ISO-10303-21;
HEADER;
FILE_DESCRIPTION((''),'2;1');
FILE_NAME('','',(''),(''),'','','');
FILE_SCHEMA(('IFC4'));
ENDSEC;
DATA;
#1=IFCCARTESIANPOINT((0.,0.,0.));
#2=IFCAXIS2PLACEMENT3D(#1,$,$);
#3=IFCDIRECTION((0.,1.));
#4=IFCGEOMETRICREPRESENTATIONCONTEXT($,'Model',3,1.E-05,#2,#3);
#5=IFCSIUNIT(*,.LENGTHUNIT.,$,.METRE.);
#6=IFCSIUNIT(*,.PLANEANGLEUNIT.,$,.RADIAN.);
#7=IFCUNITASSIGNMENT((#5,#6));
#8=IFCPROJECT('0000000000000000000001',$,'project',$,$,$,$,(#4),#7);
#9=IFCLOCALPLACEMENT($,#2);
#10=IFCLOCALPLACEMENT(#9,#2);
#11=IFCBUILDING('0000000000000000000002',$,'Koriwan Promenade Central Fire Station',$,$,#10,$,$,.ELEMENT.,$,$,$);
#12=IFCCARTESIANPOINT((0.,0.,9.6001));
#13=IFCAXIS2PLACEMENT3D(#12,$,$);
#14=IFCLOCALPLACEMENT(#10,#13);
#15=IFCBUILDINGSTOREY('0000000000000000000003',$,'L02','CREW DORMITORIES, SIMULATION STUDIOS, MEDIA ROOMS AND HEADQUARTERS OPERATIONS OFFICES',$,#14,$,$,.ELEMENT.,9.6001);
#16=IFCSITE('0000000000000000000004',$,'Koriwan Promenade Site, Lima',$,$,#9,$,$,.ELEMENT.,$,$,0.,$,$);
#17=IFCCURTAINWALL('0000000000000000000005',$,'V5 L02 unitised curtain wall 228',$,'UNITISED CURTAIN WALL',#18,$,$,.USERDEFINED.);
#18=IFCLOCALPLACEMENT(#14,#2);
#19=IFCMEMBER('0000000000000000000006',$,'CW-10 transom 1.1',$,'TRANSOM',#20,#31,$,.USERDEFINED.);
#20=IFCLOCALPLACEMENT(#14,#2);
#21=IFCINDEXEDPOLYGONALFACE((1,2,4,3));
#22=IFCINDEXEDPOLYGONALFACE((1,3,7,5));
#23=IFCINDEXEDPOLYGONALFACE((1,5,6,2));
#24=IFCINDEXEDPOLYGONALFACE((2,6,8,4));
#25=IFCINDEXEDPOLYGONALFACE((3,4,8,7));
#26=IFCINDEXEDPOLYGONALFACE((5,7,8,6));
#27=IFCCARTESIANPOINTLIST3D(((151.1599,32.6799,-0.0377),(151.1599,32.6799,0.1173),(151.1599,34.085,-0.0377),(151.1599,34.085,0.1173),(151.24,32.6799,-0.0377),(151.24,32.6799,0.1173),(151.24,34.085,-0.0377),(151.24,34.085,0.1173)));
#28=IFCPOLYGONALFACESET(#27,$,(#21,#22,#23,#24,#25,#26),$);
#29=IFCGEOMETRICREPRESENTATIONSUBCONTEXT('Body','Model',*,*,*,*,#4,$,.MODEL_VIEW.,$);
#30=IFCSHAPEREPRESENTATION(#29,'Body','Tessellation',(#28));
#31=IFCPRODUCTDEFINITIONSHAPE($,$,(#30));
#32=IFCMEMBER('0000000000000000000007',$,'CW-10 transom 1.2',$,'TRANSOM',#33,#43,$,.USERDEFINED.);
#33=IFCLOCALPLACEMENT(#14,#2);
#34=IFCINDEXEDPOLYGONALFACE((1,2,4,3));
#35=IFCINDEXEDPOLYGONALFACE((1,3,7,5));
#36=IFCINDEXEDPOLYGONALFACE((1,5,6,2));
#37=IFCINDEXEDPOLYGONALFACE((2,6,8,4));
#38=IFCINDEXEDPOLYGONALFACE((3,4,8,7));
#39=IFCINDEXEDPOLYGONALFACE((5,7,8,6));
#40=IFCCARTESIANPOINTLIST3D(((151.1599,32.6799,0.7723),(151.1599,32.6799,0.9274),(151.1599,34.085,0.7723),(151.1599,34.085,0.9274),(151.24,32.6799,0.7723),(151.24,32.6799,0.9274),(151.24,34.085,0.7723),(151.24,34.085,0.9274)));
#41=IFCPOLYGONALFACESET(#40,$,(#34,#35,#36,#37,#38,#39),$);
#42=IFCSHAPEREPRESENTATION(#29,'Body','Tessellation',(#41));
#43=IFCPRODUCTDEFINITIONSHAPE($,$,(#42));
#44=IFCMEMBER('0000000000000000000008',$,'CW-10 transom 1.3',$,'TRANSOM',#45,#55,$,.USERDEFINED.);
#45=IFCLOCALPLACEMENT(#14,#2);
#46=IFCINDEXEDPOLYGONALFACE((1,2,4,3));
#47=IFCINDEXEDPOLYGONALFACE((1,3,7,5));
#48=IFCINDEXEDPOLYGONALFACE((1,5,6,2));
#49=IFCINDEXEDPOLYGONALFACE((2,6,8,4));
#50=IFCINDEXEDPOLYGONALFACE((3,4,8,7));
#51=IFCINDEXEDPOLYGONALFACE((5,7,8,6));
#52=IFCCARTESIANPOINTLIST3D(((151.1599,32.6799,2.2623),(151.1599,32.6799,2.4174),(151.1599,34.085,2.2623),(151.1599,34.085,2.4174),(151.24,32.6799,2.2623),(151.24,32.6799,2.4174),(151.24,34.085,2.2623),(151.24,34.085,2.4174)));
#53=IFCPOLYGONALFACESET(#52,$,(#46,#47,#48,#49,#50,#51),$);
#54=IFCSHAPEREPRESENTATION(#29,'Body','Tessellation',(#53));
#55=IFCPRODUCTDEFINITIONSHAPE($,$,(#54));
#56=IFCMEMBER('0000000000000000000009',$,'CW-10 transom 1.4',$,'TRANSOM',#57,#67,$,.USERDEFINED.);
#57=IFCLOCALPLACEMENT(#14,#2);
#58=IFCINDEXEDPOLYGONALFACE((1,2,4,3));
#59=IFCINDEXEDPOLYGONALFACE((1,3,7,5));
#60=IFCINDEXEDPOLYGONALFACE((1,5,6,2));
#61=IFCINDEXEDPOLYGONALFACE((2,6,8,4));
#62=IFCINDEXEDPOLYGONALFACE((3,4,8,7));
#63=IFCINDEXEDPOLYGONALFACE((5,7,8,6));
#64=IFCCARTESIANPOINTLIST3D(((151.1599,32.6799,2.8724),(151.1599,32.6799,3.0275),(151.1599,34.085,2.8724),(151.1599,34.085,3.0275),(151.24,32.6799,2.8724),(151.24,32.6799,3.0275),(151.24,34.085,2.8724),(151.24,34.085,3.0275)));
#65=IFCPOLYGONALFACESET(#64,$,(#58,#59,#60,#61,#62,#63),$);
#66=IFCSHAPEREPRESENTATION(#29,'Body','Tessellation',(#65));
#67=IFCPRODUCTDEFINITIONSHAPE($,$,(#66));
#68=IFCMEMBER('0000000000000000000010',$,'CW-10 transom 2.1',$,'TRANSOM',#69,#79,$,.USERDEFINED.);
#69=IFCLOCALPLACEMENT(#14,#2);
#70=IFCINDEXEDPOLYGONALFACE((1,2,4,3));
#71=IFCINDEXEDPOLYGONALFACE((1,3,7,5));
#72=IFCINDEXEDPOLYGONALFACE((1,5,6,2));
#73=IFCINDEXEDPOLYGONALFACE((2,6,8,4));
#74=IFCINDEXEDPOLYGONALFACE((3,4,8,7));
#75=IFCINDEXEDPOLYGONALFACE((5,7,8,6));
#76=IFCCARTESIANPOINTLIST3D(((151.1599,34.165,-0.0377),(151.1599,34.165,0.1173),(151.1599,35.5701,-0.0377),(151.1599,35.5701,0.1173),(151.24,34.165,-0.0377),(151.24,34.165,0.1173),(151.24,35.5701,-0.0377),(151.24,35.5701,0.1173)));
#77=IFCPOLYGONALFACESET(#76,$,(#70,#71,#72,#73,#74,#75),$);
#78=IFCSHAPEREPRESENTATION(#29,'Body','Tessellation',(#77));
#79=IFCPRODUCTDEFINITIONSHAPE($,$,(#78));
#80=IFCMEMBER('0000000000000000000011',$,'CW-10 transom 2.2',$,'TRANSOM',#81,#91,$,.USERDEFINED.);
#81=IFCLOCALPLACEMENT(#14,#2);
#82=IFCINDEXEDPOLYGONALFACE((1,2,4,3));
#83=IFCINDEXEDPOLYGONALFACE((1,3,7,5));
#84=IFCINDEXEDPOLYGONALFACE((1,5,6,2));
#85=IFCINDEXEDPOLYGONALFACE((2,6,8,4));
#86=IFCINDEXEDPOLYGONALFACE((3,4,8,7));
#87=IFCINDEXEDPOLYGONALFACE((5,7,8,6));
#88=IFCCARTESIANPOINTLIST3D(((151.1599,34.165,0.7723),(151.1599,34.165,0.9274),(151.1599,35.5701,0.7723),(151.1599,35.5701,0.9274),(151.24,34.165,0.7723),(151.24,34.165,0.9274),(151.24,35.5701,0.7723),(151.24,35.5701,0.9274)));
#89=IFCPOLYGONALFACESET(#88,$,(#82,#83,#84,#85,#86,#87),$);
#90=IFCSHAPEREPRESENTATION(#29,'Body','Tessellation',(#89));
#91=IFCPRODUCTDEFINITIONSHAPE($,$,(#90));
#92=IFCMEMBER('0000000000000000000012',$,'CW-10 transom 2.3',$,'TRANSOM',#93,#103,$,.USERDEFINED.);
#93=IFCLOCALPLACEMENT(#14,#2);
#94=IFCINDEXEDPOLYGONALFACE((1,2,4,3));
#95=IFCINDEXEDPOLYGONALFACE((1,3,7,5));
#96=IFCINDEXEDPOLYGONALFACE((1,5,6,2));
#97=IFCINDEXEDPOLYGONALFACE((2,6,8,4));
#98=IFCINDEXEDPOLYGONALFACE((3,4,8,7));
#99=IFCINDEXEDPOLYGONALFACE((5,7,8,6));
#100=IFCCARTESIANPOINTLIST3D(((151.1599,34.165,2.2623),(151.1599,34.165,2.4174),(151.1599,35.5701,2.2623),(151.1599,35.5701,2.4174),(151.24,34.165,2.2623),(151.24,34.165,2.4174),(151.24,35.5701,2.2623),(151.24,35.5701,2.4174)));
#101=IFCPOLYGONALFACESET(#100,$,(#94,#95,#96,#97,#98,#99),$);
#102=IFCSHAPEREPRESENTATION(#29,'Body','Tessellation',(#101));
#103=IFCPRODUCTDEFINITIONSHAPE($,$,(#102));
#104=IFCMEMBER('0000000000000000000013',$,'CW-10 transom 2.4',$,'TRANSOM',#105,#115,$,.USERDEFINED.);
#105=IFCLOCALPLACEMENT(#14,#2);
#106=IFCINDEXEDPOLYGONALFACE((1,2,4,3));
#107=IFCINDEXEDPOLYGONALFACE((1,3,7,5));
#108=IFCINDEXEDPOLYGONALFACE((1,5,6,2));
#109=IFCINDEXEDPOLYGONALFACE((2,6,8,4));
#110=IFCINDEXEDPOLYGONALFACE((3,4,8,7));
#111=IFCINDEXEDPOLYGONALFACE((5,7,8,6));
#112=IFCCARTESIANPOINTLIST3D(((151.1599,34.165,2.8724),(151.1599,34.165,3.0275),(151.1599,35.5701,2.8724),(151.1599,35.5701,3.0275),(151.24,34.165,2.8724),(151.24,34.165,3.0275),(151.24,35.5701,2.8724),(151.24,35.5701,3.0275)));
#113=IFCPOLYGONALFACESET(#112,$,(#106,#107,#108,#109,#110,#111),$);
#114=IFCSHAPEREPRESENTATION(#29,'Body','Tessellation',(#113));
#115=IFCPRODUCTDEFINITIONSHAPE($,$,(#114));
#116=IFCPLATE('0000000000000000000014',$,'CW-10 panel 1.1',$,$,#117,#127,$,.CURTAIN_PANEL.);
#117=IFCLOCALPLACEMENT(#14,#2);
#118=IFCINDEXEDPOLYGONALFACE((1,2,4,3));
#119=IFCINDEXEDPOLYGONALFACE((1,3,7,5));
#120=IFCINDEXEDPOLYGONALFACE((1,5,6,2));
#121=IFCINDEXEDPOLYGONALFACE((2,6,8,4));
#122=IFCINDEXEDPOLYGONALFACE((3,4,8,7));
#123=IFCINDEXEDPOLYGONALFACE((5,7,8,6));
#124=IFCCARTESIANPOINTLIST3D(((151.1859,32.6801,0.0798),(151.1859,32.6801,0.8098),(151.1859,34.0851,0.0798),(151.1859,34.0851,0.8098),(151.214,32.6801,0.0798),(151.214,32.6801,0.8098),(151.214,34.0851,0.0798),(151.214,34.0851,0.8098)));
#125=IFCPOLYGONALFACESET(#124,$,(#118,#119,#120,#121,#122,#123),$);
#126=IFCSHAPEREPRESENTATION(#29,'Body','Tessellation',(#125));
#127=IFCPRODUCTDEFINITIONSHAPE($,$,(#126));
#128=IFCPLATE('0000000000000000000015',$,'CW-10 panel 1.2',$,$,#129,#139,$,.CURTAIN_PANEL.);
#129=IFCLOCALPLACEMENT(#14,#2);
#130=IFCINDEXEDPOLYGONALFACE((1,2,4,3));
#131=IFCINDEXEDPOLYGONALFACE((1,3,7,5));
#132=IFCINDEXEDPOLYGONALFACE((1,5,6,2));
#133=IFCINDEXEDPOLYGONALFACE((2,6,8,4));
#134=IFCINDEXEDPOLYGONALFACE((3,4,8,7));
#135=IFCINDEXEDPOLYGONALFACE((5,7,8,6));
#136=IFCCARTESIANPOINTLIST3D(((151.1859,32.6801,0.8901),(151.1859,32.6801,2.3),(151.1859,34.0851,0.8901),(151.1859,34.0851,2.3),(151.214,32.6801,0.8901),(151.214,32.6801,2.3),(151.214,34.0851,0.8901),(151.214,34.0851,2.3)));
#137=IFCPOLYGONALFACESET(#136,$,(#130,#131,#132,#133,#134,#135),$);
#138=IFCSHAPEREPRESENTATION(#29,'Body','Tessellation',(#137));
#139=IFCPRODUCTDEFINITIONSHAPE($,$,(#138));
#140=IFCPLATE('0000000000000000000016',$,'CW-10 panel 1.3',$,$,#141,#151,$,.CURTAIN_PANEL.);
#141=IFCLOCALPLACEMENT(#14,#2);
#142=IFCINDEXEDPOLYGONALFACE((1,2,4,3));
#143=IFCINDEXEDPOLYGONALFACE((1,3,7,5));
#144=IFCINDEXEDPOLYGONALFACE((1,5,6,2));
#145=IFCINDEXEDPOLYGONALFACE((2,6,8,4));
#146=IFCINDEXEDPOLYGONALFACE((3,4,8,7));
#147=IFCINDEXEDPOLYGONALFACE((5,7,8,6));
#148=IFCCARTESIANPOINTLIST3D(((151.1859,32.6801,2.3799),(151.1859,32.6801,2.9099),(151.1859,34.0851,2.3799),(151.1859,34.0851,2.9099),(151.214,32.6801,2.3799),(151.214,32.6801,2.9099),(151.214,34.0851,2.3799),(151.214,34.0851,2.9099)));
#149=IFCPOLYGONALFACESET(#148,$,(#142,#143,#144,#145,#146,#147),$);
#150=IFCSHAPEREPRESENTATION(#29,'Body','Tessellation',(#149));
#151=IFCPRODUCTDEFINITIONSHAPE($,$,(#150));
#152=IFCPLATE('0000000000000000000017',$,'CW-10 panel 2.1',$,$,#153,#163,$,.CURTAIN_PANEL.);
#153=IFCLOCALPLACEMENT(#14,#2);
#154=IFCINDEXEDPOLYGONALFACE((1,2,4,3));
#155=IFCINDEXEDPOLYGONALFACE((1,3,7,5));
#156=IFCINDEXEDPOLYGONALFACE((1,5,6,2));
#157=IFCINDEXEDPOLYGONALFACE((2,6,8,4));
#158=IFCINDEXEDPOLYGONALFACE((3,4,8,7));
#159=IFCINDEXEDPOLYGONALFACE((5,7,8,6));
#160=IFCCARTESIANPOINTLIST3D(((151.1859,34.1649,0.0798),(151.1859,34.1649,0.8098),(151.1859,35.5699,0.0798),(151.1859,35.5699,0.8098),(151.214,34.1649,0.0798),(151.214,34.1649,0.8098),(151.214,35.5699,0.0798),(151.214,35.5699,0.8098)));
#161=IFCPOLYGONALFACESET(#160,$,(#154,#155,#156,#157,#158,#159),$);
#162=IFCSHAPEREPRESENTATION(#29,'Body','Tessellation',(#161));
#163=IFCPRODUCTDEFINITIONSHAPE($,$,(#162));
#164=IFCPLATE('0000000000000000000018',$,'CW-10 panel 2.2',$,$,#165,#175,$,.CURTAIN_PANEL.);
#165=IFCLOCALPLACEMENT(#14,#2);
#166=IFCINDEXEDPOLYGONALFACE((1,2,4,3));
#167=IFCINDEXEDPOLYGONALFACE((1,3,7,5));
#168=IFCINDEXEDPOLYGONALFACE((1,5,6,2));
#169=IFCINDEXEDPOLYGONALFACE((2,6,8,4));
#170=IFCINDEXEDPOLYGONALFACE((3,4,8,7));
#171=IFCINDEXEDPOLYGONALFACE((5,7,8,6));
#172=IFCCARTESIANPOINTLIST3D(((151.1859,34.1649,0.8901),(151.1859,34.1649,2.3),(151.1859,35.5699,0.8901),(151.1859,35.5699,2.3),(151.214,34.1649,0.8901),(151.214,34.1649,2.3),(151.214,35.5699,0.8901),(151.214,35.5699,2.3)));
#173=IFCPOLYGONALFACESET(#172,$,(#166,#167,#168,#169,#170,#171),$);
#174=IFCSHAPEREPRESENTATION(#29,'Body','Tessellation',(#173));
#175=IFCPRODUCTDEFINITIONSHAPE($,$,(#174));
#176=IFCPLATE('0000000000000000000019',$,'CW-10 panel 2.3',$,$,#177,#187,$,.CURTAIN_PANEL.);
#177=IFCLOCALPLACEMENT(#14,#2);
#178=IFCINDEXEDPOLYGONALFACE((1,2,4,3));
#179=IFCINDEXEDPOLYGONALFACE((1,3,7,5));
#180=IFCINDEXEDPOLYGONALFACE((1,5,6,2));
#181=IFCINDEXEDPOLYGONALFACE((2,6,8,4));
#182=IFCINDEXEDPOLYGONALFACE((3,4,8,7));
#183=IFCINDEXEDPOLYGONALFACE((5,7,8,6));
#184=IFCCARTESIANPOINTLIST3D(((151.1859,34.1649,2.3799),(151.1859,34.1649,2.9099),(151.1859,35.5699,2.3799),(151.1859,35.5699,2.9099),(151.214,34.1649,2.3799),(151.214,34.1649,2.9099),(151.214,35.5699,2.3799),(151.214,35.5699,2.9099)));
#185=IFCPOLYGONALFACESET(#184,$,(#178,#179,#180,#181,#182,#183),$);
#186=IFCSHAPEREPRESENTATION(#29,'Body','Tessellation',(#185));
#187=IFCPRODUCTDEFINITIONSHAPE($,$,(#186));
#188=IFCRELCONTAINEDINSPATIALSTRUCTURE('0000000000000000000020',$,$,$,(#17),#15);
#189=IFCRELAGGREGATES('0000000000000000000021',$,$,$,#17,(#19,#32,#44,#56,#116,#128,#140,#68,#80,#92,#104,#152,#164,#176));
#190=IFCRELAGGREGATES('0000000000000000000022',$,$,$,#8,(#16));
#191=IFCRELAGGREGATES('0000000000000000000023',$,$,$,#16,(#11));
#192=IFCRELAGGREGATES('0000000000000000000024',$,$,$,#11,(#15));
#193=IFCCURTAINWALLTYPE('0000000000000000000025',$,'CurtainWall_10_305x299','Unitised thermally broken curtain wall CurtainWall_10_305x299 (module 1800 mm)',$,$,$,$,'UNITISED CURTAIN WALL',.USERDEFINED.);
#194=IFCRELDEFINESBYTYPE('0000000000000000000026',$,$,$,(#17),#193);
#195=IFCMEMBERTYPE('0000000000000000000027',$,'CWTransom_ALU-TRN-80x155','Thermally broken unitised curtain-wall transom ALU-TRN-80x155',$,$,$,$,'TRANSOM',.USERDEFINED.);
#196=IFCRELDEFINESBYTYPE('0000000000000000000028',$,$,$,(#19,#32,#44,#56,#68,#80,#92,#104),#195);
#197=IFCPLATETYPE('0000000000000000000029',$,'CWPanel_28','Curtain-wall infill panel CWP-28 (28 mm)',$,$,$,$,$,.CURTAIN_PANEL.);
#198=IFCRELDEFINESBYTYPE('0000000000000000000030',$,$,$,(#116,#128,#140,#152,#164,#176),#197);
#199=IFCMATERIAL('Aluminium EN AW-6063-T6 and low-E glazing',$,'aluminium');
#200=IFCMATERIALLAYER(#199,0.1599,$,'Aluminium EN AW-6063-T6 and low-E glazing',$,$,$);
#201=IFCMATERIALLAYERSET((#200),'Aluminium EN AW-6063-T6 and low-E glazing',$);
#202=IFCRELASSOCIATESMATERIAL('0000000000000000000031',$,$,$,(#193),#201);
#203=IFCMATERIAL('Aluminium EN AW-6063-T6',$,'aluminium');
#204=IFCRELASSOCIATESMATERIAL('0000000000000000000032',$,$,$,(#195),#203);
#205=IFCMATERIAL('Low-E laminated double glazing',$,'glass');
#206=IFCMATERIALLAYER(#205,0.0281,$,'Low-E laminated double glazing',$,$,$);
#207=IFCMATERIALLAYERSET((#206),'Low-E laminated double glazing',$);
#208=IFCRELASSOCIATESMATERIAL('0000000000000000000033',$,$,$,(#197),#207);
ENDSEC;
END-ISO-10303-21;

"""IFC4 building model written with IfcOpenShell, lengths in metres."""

from ifc_helpers import new_model, si_unit, direction, frame, origin, origin_2d, place, context, subcontext, project, spatial, rectangle, extrude, material, layer, layer_set, material_profile, profile_set, type_object, element, aggregate, save


model = new_model("IFC4")

# Units and contexts
model_context = context("Model", 3, precision=1e-05, world=origin(), true_north=direction((0.0, 1.0)))
body_context = subcontext(model_context, "Body", "Model", "MODEL_VIEW")
ifc_project = project(units=[si_unit("LENGTHUNIT", "METRE"), si_unit("PLANEANGLEUNIT", "RADIAN")], contexts=[model_context])

# Site, building, storey
site_placement = place(None, origin())
site = spatial("IfcSite", under=ifc_project, at=site_placement, Name="Koriwan Promenade Site, Lima", CompositionType="ELEMENT", RefElevation=0.0)
building_placement = place(site_placement, origin())
building = spatial("IfcBuilding", under=site, at=building_placement, Name="Koriwan Promenade Central Fire Station", CompositionType="ELEMENT")
storey_placement = place(building_placement, frame((0.0, 0.0, 9.6001)))
storey = spatial("IfcBuildingStorey", under=building, at=storey_placement, Name="L02", Description="CREW DORMITORIES, SIMULATION STUDIOS, MEDIA ROOMS AND HEADQUARTERS OPERATIONS OFFICES", CompositionType="ELEMENT", Elevation=9.6001)

# Curtain wall, members, plates
ifc_material_1 = material(Name="Aluminium EN AW-6063-T6 and low-E glazing", Category="aluminium")
ifc_layer_1 = layer(ifc_material_1, 0.1599, Name="Aluminium EN AW-6063-T6 and low-E glazing")
ifc_layer_set_1 = layer_set([ifc_layer_1], Name="Aluminium EN AW-6063-T6 and low-E glazing")
curtain_wall_type = type_object("IfcCurtainWallType", Name="CurtainWall_10_305x299", Description="Unitised thermally broken curtain wall CurtainWall_10_305x299 (module 1800 mm)", ElementType="UNITISED CURTAIN WALL", PredefinedType="USERDEFINED", material=ifc_layer_set_1)
curtain_wall_placement = place(storey_placement, origin())
curtain_wall = element("IfcCurtainWall", 1, at=curtain_wall_placement, inside=storey, type_object=curtain_wall_type, Name="V5 L02 unitised curtain wall 228", ObjectType="UNITISED CURTAIN WALL", PredefinedType="USERDEFINED")
ifc_material_2 = material(Name="Aluminium EN AW-6063-T6", Category="aluminium")
ifc_material_profile_1 = material_profile(ifc_material_2, rectangle(XDim=0.0801, YDim=0.155, at=origin_2d()), Name="ALU-TRN-80x155")
ifc_profile_set_1 = profile_set([ifc_material_profile_1], Name="Aluminium EN AW-6063-T6")
member_type_1 = type_object("IfcMemberType", Name="CWTransom_ALU-TRN-80x155", Description="Thermally broken unitised curtain-wall transom ALU-TRN-80x155", ElementType="TRANSOM", PredefinedType="USERDEFINED", material=ifc_profile_set_1)
member_1_placement = place(storey_placement, frame((151.2, 32.6799, 0.0398), z_axis=(0.0, 1.0, 0.0), x_axis=(-1.0, 0.0, 0.0)))
member_1 = element("IfcMember", 2, at=member_1_placement, type_object=member_type_1, Name="CW-10 transom 1.1", ObjectType="TRANSOM", PredefinedType="USERDEFINED", context=body_context, shape_type="SweptSolid", body=[
    extrude(rectangle(XDim=0.0801, YDim=0.155, at=origin_2d()), origin(), (0.0, 0.0, 1.0), 1.405),
])
member_2_placement = place(storey_placement, frame((151.2, 32.6799, 0.8499), z_axis=(0.0, 1.0, 0.0), x_axis=(-1.0, 0.0, 0.0)))
member_2 = element("IfcMember", 3, at=member_2_placement, type_object=member_type_1, Name="CW-10 transom 1.2", ObjectType="TRANSOM", PredefinedType="USERDEFINED", context=body_context, shape_type="SweptSolid", body=[
    extrude(rectangle(XDim=0.0801, YDim=0.155, at=origin_2d()), origin(), (0.0, 0.0, 1.0), 1.405),
])
member_3_placement = place(storey_placement, frame((151.2, 32.6799, 2.3398), z_axis=(0.0, 1.0, 0.0), x_axis=(-1.0, 0.0, 0.0)))
member_3 = element("IfcMember", 4, at=member_3_placement, type_object=member_type_1, Name="CW-10 transom 1.3", ObjectType="TRANSOM", PredefinedType="USERDEFINED", context=body_context, shape_type="SweptSolid", body=[
    extrude(rectangle(XDim=0.0801, YDim=0.155, at=origin_2d()), origin(), (0.0, 0.0, 1.0), 1.405),
])
member_4_placement = place(storey_placement, frame((151.2, 32.6799, 2.95), z_axis=(0.0, 1.0, 0.0), x_axis=(-1.0, 0.0, 0.0)))
member_4 = element("IfcMember", 5, at=member_4_placement, type_object=member_type_1, Name="CW-10 transom 1.4", ObjectType="TRANSOM", PredefinedType="USERDEFINED", context=body_context, shape_type="SweptSolid", body=[
    extrude(rectangle(XDim=0.0801, YDim=0.155, at=origin_2d()), origin(), (0.0, 0.0, 1.0), 1.405),
])
member_5_placement = place(storey_placement, frame((151.2, 34.165, 0.0398), z_axis=(0.0, 1.0, 0.0), x_axis=(-1.0, 0.0, 0.0)))
member_5 = element("IfcMember", 6, at=member_5_placement, type_object=member_type_1, Name="CW-10 transom 2.1", ObjectType="TRANSOM", PredefinedType="USERDEFINED", context=body_context, shape_type="SweptSolid", body=[
    extrude(rectangle(XDim=0.0801, YDim=0.155, at=origin_2d()), origin(), (0.0, 0.0, 1.0), 1.405),
])
member_6_placement = place(storey_placement, frame((151.2, 34.165, 0.8499), z_axis=(0.0, 1.0, 0.0), x_axis=(-1.0, 0.0, 0.0)))
member_6 = element("IfcMember", 7, at=member_6_placement, type_object=member_type_1, Name="CW-10 transom 2.2", ObjectType="TRANSOM", PredefinedType="USERDEFINED", context=body_context, shape_type="SweptSolid", body=[
    extrude(rectangle(XDim=0.0801, YDim=0.155, at=origin_2d()), origin(), (0.0, 0.0, 1.0), 1.405),
])
member_7_placement = place(storey_placement, frame((151.2, 34.165, 2.3398), z_axis=(0.0, 1.0, 0.0), x_axis=(-1.0, 0.0, 0.0)))
member_7 = element("IfcMember", 8, at=member_7_placement, type_object=member_type_1, Name="CW-10 transom 2.3", ObjectType="TRANSOM", PredefinedType="USERDEFINED", context=body_context, shape_type="SweptSolid", body=[
    extrude(rectangle(XDim=0.0801, YDim=0.155, at=origin_2d()), origin(), (0.0, 0.0, 1.0), 1.405),
])
member_8_placement = place(storey_placement, frame((151.2, 34.165, 2.95), z_axis=(0.0, 1.0, 0.0), x_axis=(-1.0, 0.0, 0.0)))
member_8 = element("IfcMember", 9, at=member_8_placement, type_object=member_type_1, Name="CW-10 transom 2.4", ObjectType="TRANSOM", PredefinedType="USERDEFINED", context=body_context, shape_type="SweptSolid", body=[
    extrude(rectangle(XDim=0.0801, YDim=0.155, at=origin_2d()), origin(), (0.0, 0.0, 1.0), 1.405),
])
ifc_material_3 = material(Name="Low-E laminated double glazing", Category="glass")
ifc_layer_2 = layer(ifc_material_3, 0.0281, Name="Low-E laminated double glazing")
ifc_layer_set_2 = layer_set([ifc_layer_2], Name="Low-E laminated double glazing")
plate_type = type_object("IfcPlateType", Name="CWPanel_28", Description="Curtain-wall infill panel CWP-28 (28 mm)", PredefinedType="CURTAIN_PANEL", material=ifc_layer_set_2)
plate_1_placement = place(storey_placement, frame((151.2, 33.3826, 0.0798), z_axis=(0.0, 0.0, 1.0), x_axis=(0.0, 1.0, 0.0)))
plate_1 = element("IfcPlate", 10, at=plate_1_placement, type_object=plate_type, Name="CW-10 panel 1.1", PredefinedType="CURTAIN_PANEL", context=body_context, shape_type="SweptSolid", body=[
    extrude(rectangle(XDim=1.405, YDim=0.0281, at=origin_2d()), origin(), (0.0, 0.0, 1.0), 0.73),
])
plate_2_placement = place(storey_placement, frame((151.2, 33.3826, 0.8901), z_axis=(0.0, 0.0, 1.0), x_axis=(0.0, 1.0, 0.0)))
plate_2 = element("IfcPlate", 11, at=plate_2_placement, type_object=plate_type, Name="CW-10 panel 1.2", PredefinedType="CURTAIN_PANEL", context=body_context, shape_type="SweptSolid", body=[
    extrude(rectangle(XDim=1.405, YDim=0.0281, at=origin_2d()), origin(), (0.0, 0.0, 1.0), 1.4099),
])
plate_3_placement = place(storey_placement, frame((151.2, 33.3826, 2.3799), z_axis=(0.0, 0.0, 1.0), x_axis=(0.0, 1.0, 0.0)))
plate_3 = element("IfcPlate", 12, at=plate_3_placement, type_object=plate_type, Name="CW-10 panel 1.3", PredefinedType="CURTAIN_PANEL", context=body_context, shape_type="SweptSolid", body=[
    extrude(rectangle(XDim=1.405, YDim=0.0281, at=origin_2d()), origin(), (0.0, 0.0, 1.0), 0.53),
])
plate_4_placement = place(storey_placement, frame((151.2, 34.8674, 0.0798), z_axis=(0.0, 0.0, 1.0), x_axis=(0.0, 1.0, 0.0)))
plate_4 = element("IfcPlate", 13, at=plate_4_placement, type_object=plate_type, Name="CW-10 panel 2.1", PredefinedType="CURTAIN_PANEL", context=body_context, shape_type="SweptSolid", body=[
    extrude(rectangle(XDim=1.405, YDim=0.0281, at=origin_2d()), origin(), (0.0, 0.0, 1.0), 0.73),
])
plate_5_placement = place(storey_placement, frame((151.2, 34.8674, 0.8901), z_axis=(0.0, 0.0, 1.0), x_axis=(0.0, 1.0, 0.0)))
plate_5 = element("IfcPlate", 14, at=plate_5_placement, type_object=plate_type, Name="CW-10 panel 2.2", PredefinedType="CURTAIN_PANEL", context=body_context, shape_type="SweptSolid", body=[
    extrude(rectangle(XDim=1.405, YDim=0.0281, at=origin_2d()), origin(), (0.0, 0.0, 1.0), 1.4099),
])
plate_6_placement = place(storey_placement, frame((151.2, 34.8674, 2.3799), z_axis=(0.0, 0.0, 1.0), x_axis=(0.0, 1.0, 0.0)))
plate_6 = element("IfcPlate", 15, at=plate_6_placement, type_object=plate_type, Name="CW-10 panel 2.3", PredefinedType="CURTAIN_PANEL", context=body_context, shape_type="SweptSolid", body=[
    extrude(rectangle(XDim=1.405, YDim=0.0281, at=origin_2d()), origin(), (0.0, 0.0, 1.0), 0.53),
])
aggregate(curtain_wall, [member_1, member_2, member_3, member_4, plate_1, plate_2, plate_3, member_5, member_6, member_7, member_8, plate_4, plate_5, plate_6])

save(model, "model.ifc")
